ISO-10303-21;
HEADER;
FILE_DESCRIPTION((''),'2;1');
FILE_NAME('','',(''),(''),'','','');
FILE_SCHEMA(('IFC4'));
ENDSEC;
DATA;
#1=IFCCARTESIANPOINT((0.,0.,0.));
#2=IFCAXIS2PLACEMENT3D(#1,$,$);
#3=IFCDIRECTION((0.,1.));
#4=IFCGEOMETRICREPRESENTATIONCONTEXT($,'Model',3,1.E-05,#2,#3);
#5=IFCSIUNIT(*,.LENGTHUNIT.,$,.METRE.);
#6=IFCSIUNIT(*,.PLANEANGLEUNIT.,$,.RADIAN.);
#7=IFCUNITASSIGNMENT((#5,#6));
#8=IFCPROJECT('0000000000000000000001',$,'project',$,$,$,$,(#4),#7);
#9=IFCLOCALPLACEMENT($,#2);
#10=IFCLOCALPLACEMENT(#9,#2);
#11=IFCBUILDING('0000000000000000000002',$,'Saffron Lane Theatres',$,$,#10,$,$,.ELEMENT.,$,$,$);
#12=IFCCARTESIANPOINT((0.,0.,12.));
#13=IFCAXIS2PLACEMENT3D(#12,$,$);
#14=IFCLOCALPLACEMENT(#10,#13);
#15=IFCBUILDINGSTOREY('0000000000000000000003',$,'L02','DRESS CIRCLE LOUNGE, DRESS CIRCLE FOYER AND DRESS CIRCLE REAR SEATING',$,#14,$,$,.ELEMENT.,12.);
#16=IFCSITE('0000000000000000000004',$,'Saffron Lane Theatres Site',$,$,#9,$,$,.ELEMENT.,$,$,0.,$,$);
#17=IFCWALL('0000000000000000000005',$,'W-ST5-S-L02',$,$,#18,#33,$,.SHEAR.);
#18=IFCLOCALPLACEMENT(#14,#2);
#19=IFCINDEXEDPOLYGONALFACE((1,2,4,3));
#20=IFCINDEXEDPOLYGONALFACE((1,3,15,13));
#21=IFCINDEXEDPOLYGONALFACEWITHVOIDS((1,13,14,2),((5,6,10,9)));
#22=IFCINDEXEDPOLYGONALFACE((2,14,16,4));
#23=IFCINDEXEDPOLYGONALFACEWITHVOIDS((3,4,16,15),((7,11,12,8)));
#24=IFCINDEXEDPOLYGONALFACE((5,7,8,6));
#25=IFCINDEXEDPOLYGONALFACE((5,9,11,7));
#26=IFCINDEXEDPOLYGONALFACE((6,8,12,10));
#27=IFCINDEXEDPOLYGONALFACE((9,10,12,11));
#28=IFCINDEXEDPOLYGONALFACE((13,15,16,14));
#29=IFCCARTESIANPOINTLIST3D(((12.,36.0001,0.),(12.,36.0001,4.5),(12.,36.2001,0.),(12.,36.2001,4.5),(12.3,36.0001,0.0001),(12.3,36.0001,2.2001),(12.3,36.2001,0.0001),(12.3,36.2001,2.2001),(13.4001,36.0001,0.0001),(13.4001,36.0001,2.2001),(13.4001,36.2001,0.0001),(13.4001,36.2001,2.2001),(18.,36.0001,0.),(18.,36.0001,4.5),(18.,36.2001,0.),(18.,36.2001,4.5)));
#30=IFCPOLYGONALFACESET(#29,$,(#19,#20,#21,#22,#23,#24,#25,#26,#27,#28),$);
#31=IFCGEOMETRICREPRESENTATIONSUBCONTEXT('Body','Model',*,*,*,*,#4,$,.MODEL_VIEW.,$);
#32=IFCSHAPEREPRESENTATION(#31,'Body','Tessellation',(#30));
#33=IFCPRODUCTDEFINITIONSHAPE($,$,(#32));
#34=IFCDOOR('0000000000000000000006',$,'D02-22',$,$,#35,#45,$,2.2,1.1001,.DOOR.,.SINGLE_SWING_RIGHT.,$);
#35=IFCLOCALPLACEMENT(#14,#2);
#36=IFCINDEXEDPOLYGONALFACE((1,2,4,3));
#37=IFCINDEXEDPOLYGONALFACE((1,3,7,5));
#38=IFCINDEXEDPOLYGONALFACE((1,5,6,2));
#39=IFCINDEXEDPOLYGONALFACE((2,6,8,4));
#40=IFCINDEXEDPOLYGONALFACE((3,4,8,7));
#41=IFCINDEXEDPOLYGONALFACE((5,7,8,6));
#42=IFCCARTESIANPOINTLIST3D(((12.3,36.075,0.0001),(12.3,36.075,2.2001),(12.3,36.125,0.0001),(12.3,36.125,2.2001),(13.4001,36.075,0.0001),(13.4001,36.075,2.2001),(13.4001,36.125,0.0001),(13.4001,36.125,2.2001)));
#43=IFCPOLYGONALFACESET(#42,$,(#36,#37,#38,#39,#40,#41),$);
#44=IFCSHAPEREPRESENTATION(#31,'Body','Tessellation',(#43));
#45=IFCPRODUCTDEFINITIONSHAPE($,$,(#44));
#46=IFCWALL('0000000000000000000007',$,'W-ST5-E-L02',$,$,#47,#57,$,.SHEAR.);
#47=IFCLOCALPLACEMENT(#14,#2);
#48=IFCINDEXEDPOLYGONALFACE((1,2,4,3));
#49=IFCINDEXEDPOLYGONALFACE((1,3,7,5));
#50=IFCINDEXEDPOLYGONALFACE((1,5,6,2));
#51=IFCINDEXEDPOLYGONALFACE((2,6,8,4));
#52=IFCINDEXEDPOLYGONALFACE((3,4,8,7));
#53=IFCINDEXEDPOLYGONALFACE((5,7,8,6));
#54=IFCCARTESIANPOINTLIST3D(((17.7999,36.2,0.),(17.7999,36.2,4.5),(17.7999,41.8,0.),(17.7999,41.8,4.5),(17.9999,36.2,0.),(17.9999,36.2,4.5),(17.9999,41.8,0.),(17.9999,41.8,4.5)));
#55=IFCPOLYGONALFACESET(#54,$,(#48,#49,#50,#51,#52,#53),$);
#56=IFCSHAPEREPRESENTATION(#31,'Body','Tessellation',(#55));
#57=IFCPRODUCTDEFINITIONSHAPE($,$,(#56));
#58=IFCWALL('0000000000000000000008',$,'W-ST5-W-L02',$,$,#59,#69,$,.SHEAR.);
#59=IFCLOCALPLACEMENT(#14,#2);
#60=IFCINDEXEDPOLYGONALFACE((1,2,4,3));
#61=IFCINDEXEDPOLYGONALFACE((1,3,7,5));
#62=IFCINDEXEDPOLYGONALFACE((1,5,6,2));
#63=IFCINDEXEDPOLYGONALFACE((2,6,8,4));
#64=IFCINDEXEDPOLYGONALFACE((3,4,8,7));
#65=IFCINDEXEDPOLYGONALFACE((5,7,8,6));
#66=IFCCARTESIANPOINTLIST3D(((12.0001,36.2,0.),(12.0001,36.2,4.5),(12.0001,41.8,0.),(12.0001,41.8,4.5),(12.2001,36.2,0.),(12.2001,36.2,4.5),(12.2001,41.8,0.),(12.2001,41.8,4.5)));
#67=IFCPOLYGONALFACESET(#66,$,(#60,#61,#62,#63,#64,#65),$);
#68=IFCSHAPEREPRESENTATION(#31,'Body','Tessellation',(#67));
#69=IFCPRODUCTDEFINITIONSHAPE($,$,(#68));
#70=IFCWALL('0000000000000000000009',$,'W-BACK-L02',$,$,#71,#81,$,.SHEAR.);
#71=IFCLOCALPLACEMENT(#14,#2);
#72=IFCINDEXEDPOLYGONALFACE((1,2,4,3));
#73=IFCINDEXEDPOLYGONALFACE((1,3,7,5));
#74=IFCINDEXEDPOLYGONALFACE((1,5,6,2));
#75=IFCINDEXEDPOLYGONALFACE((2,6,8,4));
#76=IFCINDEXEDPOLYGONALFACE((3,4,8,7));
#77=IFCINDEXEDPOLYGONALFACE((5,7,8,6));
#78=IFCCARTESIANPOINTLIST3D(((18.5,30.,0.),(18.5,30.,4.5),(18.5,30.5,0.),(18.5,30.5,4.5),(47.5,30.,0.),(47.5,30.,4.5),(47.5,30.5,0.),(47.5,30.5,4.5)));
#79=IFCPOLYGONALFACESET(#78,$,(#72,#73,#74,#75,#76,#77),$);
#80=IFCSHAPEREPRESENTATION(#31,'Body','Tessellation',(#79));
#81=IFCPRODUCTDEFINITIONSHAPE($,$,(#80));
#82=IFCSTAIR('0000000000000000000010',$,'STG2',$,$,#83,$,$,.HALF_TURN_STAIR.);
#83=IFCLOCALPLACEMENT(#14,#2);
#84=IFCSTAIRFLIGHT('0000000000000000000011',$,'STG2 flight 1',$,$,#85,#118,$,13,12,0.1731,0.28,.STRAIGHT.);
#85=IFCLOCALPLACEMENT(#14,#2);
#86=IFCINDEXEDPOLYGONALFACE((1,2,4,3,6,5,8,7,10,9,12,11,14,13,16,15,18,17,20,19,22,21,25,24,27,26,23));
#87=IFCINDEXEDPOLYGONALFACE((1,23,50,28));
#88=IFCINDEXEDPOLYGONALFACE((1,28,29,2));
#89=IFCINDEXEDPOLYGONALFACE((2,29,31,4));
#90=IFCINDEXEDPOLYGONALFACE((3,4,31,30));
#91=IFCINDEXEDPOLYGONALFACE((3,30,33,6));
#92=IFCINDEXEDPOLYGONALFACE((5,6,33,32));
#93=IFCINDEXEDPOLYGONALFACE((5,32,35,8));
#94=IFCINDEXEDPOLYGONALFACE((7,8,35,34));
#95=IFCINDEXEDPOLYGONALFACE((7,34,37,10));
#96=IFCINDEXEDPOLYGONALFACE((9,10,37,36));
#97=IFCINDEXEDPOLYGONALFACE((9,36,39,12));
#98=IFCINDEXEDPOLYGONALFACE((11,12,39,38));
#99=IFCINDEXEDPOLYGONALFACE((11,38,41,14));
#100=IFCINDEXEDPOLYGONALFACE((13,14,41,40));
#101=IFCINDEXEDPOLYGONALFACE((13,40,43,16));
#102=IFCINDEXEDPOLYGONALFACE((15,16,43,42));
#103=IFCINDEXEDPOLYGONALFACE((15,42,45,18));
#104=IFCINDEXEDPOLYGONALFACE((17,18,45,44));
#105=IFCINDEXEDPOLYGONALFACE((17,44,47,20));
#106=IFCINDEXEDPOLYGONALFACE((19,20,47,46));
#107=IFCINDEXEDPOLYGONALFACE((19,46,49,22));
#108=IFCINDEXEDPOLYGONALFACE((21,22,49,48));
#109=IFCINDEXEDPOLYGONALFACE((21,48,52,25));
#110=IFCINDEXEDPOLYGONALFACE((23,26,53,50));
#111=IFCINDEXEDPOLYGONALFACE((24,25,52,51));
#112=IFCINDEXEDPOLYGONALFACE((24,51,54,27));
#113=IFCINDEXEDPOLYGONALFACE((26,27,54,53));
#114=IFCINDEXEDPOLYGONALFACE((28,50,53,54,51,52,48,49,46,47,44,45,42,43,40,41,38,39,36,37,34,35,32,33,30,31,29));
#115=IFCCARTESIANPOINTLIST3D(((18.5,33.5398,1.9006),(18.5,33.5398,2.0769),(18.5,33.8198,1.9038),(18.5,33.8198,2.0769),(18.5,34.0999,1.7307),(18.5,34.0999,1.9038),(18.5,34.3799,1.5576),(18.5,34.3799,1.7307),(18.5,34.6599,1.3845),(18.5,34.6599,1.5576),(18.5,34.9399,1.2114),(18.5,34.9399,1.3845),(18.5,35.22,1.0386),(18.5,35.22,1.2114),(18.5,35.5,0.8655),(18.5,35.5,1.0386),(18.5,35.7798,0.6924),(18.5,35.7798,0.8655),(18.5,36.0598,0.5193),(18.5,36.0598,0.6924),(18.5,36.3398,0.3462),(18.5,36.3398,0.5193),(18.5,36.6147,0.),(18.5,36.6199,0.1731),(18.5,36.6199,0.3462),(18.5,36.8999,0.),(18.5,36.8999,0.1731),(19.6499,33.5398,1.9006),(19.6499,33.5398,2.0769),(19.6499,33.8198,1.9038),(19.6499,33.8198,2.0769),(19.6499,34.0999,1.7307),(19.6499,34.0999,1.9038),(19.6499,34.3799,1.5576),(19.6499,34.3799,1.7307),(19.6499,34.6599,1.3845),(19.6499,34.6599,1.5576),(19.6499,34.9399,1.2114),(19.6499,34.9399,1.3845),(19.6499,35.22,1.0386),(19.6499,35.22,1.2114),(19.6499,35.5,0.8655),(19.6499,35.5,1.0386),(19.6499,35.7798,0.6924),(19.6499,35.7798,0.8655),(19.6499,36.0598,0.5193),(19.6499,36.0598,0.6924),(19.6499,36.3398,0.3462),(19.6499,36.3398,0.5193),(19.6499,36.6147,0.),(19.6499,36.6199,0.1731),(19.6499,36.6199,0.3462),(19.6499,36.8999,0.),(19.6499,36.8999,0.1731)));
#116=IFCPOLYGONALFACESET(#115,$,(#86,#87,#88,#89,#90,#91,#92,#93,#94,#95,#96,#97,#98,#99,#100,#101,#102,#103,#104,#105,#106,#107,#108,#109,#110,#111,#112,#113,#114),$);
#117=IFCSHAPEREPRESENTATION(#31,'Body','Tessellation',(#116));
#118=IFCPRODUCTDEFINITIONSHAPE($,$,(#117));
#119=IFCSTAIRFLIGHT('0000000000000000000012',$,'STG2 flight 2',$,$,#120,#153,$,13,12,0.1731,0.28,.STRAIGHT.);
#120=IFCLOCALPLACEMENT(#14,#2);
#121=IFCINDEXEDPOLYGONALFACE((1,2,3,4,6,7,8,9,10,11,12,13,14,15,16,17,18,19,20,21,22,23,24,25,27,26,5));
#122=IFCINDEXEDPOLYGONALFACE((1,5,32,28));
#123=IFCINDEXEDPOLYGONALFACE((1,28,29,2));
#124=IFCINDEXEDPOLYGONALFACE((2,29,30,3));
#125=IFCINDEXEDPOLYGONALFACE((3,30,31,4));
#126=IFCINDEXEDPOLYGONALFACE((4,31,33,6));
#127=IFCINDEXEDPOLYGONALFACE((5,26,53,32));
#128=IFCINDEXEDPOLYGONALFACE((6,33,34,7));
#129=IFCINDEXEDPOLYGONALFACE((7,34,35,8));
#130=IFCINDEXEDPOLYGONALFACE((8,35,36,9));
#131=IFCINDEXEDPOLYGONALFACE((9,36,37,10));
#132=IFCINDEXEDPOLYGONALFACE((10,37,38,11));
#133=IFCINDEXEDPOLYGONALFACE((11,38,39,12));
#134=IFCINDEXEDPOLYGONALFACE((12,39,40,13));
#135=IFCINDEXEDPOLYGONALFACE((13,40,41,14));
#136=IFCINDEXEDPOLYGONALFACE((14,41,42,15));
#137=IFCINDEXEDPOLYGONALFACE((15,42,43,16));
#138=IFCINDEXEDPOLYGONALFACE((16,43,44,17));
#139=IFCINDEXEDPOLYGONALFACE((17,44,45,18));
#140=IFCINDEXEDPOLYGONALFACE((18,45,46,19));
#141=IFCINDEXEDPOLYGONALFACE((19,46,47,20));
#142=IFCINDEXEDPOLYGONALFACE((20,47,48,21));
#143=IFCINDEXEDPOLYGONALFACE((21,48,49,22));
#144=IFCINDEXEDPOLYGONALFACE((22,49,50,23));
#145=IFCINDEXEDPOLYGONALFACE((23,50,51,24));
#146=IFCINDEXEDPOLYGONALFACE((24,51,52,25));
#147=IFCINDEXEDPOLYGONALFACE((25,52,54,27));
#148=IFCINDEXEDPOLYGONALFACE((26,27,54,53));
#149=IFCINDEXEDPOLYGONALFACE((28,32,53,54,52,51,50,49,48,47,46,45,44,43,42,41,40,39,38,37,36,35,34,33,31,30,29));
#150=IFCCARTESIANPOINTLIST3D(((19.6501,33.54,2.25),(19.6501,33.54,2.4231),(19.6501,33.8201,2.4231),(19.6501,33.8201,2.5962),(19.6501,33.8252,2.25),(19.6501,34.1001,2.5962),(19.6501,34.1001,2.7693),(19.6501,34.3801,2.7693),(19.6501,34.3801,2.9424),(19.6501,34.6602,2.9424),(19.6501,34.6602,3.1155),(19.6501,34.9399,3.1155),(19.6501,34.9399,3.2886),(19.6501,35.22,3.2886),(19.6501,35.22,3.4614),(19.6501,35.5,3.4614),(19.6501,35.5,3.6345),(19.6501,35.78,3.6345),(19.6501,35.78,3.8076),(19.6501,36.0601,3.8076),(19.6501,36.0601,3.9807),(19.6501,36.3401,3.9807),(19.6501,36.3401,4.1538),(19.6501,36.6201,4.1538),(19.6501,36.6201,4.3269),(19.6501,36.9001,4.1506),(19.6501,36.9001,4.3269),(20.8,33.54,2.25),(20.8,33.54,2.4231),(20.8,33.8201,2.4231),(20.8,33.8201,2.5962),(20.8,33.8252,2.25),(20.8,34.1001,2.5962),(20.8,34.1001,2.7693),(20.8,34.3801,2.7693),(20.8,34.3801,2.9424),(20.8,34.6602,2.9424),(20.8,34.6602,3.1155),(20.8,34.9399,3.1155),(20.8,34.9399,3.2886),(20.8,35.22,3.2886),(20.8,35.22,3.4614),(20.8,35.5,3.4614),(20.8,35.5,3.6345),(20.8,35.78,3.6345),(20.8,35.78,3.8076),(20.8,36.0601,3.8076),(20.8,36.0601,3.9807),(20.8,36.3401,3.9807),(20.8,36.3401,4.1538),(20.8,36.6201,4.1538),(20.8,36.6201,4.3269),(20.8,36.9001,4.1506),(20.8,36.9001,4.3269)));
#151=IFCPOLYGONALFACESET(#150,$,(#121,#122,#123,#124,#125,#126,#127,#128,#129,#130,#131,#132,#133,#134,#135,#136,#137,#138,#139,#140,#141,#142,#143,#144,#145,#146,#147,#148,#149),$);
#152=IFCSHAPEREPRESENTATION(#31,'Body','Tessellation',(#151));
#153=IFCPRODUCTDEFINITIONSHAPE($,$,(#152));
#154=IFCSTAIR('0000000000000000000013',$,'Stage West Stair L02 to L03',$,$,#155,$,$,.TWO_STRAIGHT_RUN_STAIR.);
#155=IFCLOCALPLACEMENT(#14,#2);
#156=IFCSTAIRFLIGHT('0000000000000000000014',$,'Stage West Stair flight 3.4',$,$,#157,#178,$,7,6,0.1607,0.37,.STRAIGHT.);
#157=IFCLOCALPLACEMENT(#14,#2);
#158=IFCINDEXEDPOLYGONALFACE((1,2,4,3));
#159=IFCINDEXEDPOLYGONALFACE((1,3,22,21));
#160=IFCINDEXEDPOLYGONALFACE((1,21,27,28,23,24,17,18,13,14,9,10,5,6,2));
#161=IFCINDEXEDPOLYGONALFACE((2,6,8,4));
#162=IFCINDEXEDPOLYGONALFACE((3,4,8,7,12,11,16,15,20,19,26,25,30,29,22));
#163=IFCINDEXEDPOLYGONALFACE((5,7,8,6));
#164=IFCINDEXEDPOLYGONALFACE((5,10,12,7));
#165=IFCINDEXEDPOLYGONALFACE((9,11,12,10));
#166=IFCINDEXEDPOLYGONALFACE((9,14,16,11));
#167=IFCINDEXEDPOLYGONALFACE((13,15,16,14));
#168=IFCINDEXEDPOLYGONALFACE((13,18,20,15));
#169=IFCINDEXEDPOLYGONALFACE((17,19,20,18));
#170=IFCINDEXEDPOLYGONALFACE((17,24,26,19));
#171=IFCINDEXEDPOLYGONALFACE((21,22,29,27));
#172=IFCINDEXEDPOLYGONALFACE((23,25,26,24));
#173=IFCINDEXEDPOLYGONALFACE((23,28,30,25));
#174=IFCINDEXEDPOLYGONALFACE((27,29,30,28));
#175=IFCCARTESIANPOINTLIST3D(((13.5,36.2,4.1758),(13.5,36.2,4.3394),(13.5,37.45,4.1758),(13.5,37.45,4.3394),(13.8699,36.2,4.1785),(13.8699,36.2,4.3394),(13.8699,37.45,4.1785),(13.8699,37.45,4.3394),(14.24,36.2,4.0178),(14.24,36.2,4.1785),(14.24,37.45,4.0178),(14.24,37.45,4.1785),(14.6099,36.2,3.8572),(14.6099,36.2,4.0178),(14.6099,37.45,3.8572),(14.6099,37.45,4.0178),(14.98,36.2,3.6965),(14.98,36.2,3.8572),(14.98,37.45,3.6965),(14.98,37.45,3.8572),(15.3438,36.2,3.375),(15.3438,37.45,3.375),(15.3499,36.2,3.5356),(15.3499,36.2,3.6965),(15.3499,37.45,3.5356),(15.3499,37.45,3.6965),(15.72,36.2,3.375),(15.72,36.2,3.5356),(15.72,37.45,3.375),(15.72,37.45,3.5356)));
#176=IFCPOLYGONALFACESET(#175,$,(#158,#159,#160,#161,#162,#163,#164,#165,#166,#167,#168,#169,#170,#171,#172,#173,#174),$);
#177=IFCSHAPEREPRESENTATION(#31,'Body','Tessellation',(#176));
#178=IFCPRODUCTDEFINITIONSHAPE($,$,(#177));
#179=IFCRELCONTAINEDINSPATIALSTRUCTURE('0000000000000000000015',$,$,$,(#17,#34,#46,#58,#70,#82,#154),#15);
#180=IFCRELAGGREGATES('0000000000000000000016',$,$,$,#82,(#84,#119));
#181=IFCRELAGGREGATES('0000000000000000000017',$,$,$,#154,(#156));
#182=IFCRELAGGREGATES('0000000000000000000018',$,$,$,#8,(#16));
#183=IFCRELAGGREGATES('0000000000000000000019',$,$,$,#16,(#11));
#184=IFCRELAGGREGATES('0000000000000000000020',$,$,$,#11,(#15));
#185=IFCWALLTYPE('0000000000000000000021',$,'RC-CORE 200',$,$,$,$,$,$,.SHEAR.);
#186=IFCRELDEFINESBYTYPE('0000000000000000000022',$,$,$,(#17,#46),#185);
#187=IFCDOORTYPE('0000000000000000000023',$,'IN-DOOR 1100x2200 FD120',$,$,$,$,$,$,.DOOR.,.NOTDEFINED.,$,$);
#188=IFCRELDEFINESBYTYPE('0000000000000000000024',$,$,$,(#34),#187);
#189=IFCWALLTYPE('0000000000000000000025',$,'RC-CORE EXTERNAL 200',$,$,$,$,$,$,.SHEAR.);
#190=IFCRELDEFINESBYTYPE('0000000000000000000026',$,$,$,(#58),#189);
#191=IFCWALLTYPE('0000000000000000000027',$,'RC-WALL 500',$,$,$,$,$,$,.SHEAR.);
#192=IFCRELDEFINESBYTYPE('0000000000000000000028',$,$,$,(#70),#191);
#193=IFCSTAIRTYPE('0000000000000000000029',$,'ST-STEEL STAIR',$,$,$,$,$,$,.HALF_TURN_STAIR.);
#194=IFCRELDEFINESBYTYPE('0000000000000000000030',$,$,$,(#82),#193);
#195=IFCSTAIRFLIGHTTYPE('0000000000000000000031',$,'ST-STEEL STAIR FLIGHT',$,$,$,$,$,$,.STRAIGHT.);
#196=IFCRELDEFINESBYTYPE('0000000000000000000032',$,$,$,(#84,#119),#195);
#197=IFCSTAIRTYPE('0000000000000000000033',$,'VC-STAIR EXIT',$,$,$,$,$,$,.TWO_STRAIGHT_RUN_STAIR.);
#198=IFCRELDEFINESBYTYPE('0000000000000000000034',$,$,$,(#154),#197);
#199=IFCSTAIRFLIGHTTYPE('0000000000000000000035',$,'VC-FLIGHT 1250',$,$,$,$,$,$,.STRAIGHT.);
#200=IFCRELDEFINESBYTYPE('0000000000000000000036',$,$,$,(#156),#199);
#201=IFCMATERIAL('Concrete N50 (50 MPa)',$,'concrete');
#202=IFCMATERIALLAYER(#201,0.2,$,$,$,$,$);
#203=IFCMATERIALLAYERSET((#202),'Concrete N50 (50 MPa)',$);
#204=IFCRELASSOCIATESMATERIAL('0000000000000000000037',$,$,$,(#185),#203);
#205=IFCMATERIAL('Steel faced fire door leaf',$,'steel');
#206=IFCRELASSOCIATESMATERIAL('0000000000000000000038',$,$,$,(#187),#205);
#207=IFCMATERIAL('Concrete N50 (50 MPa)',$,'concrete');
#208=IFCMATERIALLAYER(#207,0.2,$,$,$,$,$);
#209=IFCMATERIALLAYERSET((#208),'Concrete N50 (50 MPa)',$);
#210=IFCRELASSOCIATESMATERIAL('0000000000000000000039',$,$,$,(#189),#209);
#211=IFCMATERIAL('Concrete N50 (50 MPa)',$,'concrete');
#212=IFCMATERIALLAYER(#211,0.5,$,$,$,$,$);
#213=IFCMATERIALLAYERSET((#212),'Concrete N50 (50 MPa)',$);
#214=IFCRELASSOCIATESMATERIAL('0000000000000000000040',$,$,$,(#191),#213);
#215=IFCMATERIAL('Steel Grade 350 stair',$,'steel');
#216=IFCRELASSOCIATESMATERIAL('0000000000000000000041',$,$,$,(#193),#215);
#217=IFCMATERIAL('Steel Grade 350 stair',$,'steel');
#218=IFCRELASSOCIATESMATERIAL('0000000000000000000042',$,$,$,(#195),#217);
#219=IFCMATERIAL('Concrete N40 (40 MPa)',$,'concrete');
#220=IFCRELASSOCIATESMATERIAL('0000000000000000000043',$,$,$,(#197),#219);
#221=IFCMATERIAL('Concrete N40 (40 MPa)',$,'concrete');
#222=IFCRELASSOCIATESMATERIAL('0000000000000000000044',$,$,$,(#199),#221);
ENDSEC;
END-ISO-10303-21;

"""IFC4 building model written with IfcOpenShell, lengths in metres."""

from ifc_helpers import new_model, si_unit, direction, frame, frame_2d, origin, place, context, subcontext, project, spatial, polyline, rectangle, outline, extrude, material, layer, layer_set, type_object, element, fill, aggregate, save


model = new_model("IFC4")

# Units and contexts
model_context = context("Model", 3, precision=1e-05, world=origin(), true_north=direction((0.0, 1.0)))
body_context = subcontext(model_context, "Body", "Model", "MODEL_VIEW")
ifc_project = project(units=[si_unit("LENGTHUNIT", "METRE"), si_unit("PLANEANGLEUNIT", "RADIAN")], contexts=[model_context])

# Site, building, storey
site_placement = place(None, origin())
site = spatial("IfcSite", under=ifc_project, at=site_placement, Name="Saffron Lane Theatres Site", CompositionType="ELEMENT", RefElevation=0.0)
building_placement = place(site_placement, origin())
building = spatial("IfcBuilding", under=site, at=building_placement, Name="Saffron Lane Theatres", CompositionType="ELEMENT")
storey_placement = place(building_placement, frame((0.0, 0.0, 12.0)))
storey = spatial("IfcBuildingStorey", under=building, at=storey_placement, Name="L02", Description="DRESS CIRCLE LOUNGE, DRESS CIRCLE FOYER AND DRESS CIRCLE REAR SEATING", CompositionType="ELEMENT", Elevation=12.0)

# Wall, opening, door
ifc_material_1 = material(Name="Concrete N50 (50 MPa)", Category="concrete")
ifc_layer_1 = layer(ifc_material_1, 0.2)
ifc_layer_set_1 = layer_set([ifc_layer_1], Name="Concrete N50 (50 MPa)")
wall_type_1 = type_object("IfcWallType", Name="RC-CORE 200", PredefinedType="SHEAR", material=ifc_layer_set_1)
wall_1_placement = place(storey_placement, frame((12.0, 36.1001, 0.0), z_axis=(0.0, 0.0, 1.0), x_axis=(1.0, 0.0, 0.0)))
wall_1 = element("IfcWall", 1, at=wall_1_placement, inside=storey, type_object=wall_type_1, Name="W-ST5-S-L02", PredefinedType="SHEAR", context=body_context, shape_type="SweptSolid", body=[
    extrude(rectangle(XDim=6.0, YDim=0.2, at=frame_2d((3.0, 0.0))), origin(), (0.0, 0.0, 1.0), 4.5),
])
opening_placement = place(wall_1_placement, frame((0.3, 0.0, 0.0)))
opening = element("IfcOpeningElement", 2, at=opening_placement, cuts=wall_1, PredefinedType="OPENING", context=body_context, shape_type="SweptSolid", body=[
    extrude(rectangle(XDim=1.1001, YDim=2.2, at=frame_2d((0.55, 1.1001))), frame((0.0, 0.1099, 0.0), z_axis=(0.0, -1.0, 0.0), x_axis=(1.0, 0.0, 0.0)), (0.0, 0.0, 1.0), 0.22),
])
ifc_material_2 = material(Name="Steel faced fire door leaf", Category="steel")
door_type = type_object("IfcDoorType", Name="IN-DOOR 1100x2200 FD120", OperationType="NOTDEFINED", PredefinedType="DOOR", material=ifc_material_2)
door_placement = place(opening_placement, origin())
door = element("IfcDoor", 3, at=door_placement, inside=storey, type_object=door_type, Name="D02-22", OperationType="SINGLE_SWING_RIGHT", OverallHeight=2.2, OverallWidth=1.1001, PredefinedType="DOOR", context=body_context, shape_type="SweptSolid", body=[
    extrude(rectangle(XDim=1.1001, YDim=2.2, at=frame_2d((0.55, 1.1001))), frame((0.0, 0.0249, 0.0), z_axis=(0.0, -1.0, 0.0), x_axis=(1.0, 0.0, 0.0)), (0.0, 0.0, 1.0), 0.05),
])
fill(opening, door)

# Walls
wall_2_placement = place(storey_placement, frame((17.8999, 36.2, 0.0), z_axis=(0.0, 0.0, 1.0), x_axis=(0.0, 1.0, 0.0)))
element("IfcWall", 4, at=wall_2_placement, inside=storey, type_object=wall_type_1, Name="W-ST5-E-L02", PredefinedType="SHEAR", context=body_context, shape_type="SweptSolid", body=[
    extrude(rectangle(XDim=5.6001, YDim=0.2, at=frame_2d((2.8, 0.0))), origin(), (0.0, 0.0, 1.0), 4.5),
])
ifc_material_3 = material(Name="Concrete N50 (50 MPa)", Category="concrete")
ifc_layer_2 = layer(ifc_material_3, 0.2)
ifc_layer_set_2 = layer_set([ifc_layer_2], Name="Concrete N50 (50 MPa)")
wall_type_2 = type_object("IfcWallType", Name="RC-CORE EXTERNAL 200", PredefinedType="SHEAR", material=ifc_layer_set_2)
wall_3_placement = place(storey_placement, frame((12.1001, 36.2, 0.0), z_axis=(0.0, 0.0, 1.0), x_axis=(0.0, 1.0, 0.0)))
element("IfcWall", 5, at=wall_3_placement, inside=storey, type_object=wall_type_2, Name="W-ST5-W-L02", PredefinedType="SHEAR", context=body_context, shape_type="SweptSolid", body=[
    extrude(rectangle(XDim=5.6001, YDim=0.2, at=frame_2d((2.8, 0.0))), origin(), (0.0, 0.0, 1.0), 4.5),
])
ifc_material_4 = material(Name="Concrete N50 (50 MPa)", Category="concrete")
ifc_layer_3 = layer(ifc_material_4, 0.5)
ifc_layer_set_3 = layer_set([ifc_layer_3], Name="Concrete N50 (50 MPa)")
wall_type_3 = type_object("IfcWallType", Name="RC-WALL 500", PredefinedType="SHEAR", material=ifc_layer_set_3)
wall_4_placement = place(storey_placement, frame((18.5, 30.25, 0.0), z_axis=(0.0, 0.0, 1.0), x_axis=(1.0, 0.0, 0.0)))
element("IfcWall", 6, at=wall_4_placement, inside=storey, type_object=wall_type_3, Name="W-BACK-L02", PredefinedType="SHEAR", context=body_context, shape_type="SweptSolid", body=[
    extrude(rectangle(XDim=29.0, YDim=0.5, at=frame_2d((14.5, 0.0))), origin(), (0.0, 0.0, 1.0), 4.5),
])

# Stair, stair flights
ifc_material_5 = material(Name="Steel Grade 350 stair", Category="steel")
stair_type_1 = type_object("IfcStairType", Name="ST-STEEL STAIR", PredefinedType="HALF_TURN_STAIR", material=ifc_material_5)
stair_1_placement = place(storey_placement, origin())
stair_1 = element("IfcStair", 7, at=stair_1_placement, inside=storey, type_object=stair_type_1, Name="STG2", PredefinedType="HALF_TURN_STAIR")
ifc_material_6 = material(Name="Steel Grade 350 stair", Category="steel")
stair_flight_type_1 = type_object("IfcStairFlightType", Name="ST-STEEL STAIR FLIGHT", PredefinedType="STRAIGHT", material=ifc_material_6)
stair_flight_1_placement = place(storey_placement, frame((19.075, 36.8999, 0.0), z_axis=(0.0, 0.0, 1.0), x_axis=(0.0, -1.0, 0.0)))
stair_flight_1 = element("IfcStairFlight", 8, at=stair_flight_1_placement, type_object=stair_flight_type_1, Name="STG2 flight 1", NumberOfRisers=13, NumberOfTreads=12, PredefinedType="STRAIGHT", RiserHeight=0.1731, TreadLength=0.28, context=body_context, shape_type="SweptSolid", body=[
    extrude(outline(polyline([(0.0, 0.0), (0.0, 0.1731), (0.28, 0.1731), (0.28, 0.3462), (0.5601, 0.3462), (0.5601, 0.5193), (0.8401, 0.5193), (0.8401, 0.6924), (1.1201, 0.6924), (1.1201, 0.8655), (1.3999, 0.8655), (1.3999, 1.0386), (1.6799, 1.0386), (1.6799, 1.2114), (1.96, 1.2114), (1.96, 1.3845), (2.24, 1.3845), (2.24, 1.5576), (2.52, 1.5576), (2.52, 1.7307), (2.8, 1.7307), (2.8, 1.9038), (3.0801, 1.9038), (3.0801, 2.0769), (3.3601, 2.0769), (3.3601, 2.25), (3.3601, 1.9006), (0.2852, 0.0), (0.0, 0.0)])), frame((0.0, 0.575, 0.0), z_axis=(0.0, -1.0, 0.0), x_axis=(1.0, 0.0, 0.0)), (0.0, 0.0, 1.0), 1.1499),
])
stair_flight_2_placement = place(storey_placement, frame((20.2251, 33.54, 2.25), z_axis=(0.0, 0.0, 1.0), x_axis=(0.0, 1.0, 0.0)))
stair_flight_2 = element("IfcStairFlight", 9, at=stair_flight_2_placement, type_object=stair_flight_type_1, Name="STG2 flight 2", NumberOfRisers=13, NumberOfTreads=12, PredefinedType="STRAIGHT", RiserHeight=0.1731, TreadLength=0.28, context=body_context, shape_type="SweptSolid", body=[
    extrude(outline(polyline([(0.0, 0.0), (0.0, 0.1731), (0.28, 0.1731), (0.28, 0.3462), (0.5601, 0.3462), (0.5601, 0.5193), (0.8401, 0.5193), (0.8401, 0.6924), (1.1201, 0.6924), (1.1201, 0.8655), (1.3999, 0.8655), (1.3999, 1.0386), (1.6799, 1.0386), (1.6799, 1.2114), (1.96, 1.2114), (1.96, 1.3845), (2.24, 1.3845), (2.24, 1.5576), (2.52, 1.5576), (2.52, 1.7307), (2.8, 1.7307), (2.8, 1.9038), (3.0801, 1.9038), (3.0801, 2.0769), (3.3601, 2.0769), (3.3601, 2.25), (3.3601, 1.9006), (0.2852, 0.0), (0.0, 0.0)])), frame((0.0, 0.575, 0.0), z_axis=(0.0, -1.0, 0.0), x_axis=(1.0, 0.0, 0.0)), (0.0, 0.0, 1.0), 1.1499),
])
aggregate(stair_1, [stair_flight_1, stair_flight_2])

# Stair, stair flight
ifc_material_7 = material(Name="Concrete N40 (40 MPa)", Category="concrete")
stair_type_2 = type_object("IfcStairType", Name="VC-STAIR EXIT", PredefinedType="TWO_STRAIGHT_RUN_STAIR", material=ifc_material_7)
stair_2_placement = place(storey_placement, origin())
stair_2 = element("IfcStair", 10, at=stair_2_placement, inside=storey, type_object=stair_type_2, Name="Stage West Stair L02 to L03", PredefinedType="TWO_STRAIGHT_RUN_STAIR")
ifc_material_8 = material(Name="Concrete N40 (40 MPa)", Category="concrete")
stair_flight_type_2 = type_object("IfcStairFlightType", Name="VC-FLIGHT 1250", PredefinedType="STRAIGHT", material=ifc_material_8)
stair_flight_3_placement = place(storey_placement, frame((15.72, 36.825, 3.375), z_axis=(0.0, 0.0, 1.0), x_axis=(-1.0, 0.0, 0.0)))
stair_flight_3 = element("IfcStairFlight", 11, at=stair_flight_3_placement, type_object=stair_flight_type_2, Name="Stage West Stair flight 3.4", NumberOfRisers=7, NumberOfTreads=6, PredefinedType="STRAIGHT", RiserHeight=0.1607, TreadLength=0.37, context=body_context, shape_type="SweptSolid", body=[
    extrude(outline(polyline([(0.0, 0.0), (0.0, 0.1606), (0.3701, 0.1606), (0.3701, 0.3215), (0.74, 0.3215), (0.74, 0.4822), (1.1101, 0.4822), (1.1101, 0.6428), (1.48, 0.6428), (1.48, 0.8035), (1.8501, 0.8035), (1.8501, 0.9644), (2.22, 0.9644), (2.22, 1.125), (2.22, 0.8008), (0.3762, 0.0), (0.0, 0.0)])), frame((0.0, 0.625, 0.0), z_axis=(0.0, -1.0, 0.0), x_axis=(1.0, 0.0, 0.0)), (0.0, 0.0, 1.0), 1.25),
])
aggregate(stair_2, [stair_flight_3])

save(model, "model.ifc")
